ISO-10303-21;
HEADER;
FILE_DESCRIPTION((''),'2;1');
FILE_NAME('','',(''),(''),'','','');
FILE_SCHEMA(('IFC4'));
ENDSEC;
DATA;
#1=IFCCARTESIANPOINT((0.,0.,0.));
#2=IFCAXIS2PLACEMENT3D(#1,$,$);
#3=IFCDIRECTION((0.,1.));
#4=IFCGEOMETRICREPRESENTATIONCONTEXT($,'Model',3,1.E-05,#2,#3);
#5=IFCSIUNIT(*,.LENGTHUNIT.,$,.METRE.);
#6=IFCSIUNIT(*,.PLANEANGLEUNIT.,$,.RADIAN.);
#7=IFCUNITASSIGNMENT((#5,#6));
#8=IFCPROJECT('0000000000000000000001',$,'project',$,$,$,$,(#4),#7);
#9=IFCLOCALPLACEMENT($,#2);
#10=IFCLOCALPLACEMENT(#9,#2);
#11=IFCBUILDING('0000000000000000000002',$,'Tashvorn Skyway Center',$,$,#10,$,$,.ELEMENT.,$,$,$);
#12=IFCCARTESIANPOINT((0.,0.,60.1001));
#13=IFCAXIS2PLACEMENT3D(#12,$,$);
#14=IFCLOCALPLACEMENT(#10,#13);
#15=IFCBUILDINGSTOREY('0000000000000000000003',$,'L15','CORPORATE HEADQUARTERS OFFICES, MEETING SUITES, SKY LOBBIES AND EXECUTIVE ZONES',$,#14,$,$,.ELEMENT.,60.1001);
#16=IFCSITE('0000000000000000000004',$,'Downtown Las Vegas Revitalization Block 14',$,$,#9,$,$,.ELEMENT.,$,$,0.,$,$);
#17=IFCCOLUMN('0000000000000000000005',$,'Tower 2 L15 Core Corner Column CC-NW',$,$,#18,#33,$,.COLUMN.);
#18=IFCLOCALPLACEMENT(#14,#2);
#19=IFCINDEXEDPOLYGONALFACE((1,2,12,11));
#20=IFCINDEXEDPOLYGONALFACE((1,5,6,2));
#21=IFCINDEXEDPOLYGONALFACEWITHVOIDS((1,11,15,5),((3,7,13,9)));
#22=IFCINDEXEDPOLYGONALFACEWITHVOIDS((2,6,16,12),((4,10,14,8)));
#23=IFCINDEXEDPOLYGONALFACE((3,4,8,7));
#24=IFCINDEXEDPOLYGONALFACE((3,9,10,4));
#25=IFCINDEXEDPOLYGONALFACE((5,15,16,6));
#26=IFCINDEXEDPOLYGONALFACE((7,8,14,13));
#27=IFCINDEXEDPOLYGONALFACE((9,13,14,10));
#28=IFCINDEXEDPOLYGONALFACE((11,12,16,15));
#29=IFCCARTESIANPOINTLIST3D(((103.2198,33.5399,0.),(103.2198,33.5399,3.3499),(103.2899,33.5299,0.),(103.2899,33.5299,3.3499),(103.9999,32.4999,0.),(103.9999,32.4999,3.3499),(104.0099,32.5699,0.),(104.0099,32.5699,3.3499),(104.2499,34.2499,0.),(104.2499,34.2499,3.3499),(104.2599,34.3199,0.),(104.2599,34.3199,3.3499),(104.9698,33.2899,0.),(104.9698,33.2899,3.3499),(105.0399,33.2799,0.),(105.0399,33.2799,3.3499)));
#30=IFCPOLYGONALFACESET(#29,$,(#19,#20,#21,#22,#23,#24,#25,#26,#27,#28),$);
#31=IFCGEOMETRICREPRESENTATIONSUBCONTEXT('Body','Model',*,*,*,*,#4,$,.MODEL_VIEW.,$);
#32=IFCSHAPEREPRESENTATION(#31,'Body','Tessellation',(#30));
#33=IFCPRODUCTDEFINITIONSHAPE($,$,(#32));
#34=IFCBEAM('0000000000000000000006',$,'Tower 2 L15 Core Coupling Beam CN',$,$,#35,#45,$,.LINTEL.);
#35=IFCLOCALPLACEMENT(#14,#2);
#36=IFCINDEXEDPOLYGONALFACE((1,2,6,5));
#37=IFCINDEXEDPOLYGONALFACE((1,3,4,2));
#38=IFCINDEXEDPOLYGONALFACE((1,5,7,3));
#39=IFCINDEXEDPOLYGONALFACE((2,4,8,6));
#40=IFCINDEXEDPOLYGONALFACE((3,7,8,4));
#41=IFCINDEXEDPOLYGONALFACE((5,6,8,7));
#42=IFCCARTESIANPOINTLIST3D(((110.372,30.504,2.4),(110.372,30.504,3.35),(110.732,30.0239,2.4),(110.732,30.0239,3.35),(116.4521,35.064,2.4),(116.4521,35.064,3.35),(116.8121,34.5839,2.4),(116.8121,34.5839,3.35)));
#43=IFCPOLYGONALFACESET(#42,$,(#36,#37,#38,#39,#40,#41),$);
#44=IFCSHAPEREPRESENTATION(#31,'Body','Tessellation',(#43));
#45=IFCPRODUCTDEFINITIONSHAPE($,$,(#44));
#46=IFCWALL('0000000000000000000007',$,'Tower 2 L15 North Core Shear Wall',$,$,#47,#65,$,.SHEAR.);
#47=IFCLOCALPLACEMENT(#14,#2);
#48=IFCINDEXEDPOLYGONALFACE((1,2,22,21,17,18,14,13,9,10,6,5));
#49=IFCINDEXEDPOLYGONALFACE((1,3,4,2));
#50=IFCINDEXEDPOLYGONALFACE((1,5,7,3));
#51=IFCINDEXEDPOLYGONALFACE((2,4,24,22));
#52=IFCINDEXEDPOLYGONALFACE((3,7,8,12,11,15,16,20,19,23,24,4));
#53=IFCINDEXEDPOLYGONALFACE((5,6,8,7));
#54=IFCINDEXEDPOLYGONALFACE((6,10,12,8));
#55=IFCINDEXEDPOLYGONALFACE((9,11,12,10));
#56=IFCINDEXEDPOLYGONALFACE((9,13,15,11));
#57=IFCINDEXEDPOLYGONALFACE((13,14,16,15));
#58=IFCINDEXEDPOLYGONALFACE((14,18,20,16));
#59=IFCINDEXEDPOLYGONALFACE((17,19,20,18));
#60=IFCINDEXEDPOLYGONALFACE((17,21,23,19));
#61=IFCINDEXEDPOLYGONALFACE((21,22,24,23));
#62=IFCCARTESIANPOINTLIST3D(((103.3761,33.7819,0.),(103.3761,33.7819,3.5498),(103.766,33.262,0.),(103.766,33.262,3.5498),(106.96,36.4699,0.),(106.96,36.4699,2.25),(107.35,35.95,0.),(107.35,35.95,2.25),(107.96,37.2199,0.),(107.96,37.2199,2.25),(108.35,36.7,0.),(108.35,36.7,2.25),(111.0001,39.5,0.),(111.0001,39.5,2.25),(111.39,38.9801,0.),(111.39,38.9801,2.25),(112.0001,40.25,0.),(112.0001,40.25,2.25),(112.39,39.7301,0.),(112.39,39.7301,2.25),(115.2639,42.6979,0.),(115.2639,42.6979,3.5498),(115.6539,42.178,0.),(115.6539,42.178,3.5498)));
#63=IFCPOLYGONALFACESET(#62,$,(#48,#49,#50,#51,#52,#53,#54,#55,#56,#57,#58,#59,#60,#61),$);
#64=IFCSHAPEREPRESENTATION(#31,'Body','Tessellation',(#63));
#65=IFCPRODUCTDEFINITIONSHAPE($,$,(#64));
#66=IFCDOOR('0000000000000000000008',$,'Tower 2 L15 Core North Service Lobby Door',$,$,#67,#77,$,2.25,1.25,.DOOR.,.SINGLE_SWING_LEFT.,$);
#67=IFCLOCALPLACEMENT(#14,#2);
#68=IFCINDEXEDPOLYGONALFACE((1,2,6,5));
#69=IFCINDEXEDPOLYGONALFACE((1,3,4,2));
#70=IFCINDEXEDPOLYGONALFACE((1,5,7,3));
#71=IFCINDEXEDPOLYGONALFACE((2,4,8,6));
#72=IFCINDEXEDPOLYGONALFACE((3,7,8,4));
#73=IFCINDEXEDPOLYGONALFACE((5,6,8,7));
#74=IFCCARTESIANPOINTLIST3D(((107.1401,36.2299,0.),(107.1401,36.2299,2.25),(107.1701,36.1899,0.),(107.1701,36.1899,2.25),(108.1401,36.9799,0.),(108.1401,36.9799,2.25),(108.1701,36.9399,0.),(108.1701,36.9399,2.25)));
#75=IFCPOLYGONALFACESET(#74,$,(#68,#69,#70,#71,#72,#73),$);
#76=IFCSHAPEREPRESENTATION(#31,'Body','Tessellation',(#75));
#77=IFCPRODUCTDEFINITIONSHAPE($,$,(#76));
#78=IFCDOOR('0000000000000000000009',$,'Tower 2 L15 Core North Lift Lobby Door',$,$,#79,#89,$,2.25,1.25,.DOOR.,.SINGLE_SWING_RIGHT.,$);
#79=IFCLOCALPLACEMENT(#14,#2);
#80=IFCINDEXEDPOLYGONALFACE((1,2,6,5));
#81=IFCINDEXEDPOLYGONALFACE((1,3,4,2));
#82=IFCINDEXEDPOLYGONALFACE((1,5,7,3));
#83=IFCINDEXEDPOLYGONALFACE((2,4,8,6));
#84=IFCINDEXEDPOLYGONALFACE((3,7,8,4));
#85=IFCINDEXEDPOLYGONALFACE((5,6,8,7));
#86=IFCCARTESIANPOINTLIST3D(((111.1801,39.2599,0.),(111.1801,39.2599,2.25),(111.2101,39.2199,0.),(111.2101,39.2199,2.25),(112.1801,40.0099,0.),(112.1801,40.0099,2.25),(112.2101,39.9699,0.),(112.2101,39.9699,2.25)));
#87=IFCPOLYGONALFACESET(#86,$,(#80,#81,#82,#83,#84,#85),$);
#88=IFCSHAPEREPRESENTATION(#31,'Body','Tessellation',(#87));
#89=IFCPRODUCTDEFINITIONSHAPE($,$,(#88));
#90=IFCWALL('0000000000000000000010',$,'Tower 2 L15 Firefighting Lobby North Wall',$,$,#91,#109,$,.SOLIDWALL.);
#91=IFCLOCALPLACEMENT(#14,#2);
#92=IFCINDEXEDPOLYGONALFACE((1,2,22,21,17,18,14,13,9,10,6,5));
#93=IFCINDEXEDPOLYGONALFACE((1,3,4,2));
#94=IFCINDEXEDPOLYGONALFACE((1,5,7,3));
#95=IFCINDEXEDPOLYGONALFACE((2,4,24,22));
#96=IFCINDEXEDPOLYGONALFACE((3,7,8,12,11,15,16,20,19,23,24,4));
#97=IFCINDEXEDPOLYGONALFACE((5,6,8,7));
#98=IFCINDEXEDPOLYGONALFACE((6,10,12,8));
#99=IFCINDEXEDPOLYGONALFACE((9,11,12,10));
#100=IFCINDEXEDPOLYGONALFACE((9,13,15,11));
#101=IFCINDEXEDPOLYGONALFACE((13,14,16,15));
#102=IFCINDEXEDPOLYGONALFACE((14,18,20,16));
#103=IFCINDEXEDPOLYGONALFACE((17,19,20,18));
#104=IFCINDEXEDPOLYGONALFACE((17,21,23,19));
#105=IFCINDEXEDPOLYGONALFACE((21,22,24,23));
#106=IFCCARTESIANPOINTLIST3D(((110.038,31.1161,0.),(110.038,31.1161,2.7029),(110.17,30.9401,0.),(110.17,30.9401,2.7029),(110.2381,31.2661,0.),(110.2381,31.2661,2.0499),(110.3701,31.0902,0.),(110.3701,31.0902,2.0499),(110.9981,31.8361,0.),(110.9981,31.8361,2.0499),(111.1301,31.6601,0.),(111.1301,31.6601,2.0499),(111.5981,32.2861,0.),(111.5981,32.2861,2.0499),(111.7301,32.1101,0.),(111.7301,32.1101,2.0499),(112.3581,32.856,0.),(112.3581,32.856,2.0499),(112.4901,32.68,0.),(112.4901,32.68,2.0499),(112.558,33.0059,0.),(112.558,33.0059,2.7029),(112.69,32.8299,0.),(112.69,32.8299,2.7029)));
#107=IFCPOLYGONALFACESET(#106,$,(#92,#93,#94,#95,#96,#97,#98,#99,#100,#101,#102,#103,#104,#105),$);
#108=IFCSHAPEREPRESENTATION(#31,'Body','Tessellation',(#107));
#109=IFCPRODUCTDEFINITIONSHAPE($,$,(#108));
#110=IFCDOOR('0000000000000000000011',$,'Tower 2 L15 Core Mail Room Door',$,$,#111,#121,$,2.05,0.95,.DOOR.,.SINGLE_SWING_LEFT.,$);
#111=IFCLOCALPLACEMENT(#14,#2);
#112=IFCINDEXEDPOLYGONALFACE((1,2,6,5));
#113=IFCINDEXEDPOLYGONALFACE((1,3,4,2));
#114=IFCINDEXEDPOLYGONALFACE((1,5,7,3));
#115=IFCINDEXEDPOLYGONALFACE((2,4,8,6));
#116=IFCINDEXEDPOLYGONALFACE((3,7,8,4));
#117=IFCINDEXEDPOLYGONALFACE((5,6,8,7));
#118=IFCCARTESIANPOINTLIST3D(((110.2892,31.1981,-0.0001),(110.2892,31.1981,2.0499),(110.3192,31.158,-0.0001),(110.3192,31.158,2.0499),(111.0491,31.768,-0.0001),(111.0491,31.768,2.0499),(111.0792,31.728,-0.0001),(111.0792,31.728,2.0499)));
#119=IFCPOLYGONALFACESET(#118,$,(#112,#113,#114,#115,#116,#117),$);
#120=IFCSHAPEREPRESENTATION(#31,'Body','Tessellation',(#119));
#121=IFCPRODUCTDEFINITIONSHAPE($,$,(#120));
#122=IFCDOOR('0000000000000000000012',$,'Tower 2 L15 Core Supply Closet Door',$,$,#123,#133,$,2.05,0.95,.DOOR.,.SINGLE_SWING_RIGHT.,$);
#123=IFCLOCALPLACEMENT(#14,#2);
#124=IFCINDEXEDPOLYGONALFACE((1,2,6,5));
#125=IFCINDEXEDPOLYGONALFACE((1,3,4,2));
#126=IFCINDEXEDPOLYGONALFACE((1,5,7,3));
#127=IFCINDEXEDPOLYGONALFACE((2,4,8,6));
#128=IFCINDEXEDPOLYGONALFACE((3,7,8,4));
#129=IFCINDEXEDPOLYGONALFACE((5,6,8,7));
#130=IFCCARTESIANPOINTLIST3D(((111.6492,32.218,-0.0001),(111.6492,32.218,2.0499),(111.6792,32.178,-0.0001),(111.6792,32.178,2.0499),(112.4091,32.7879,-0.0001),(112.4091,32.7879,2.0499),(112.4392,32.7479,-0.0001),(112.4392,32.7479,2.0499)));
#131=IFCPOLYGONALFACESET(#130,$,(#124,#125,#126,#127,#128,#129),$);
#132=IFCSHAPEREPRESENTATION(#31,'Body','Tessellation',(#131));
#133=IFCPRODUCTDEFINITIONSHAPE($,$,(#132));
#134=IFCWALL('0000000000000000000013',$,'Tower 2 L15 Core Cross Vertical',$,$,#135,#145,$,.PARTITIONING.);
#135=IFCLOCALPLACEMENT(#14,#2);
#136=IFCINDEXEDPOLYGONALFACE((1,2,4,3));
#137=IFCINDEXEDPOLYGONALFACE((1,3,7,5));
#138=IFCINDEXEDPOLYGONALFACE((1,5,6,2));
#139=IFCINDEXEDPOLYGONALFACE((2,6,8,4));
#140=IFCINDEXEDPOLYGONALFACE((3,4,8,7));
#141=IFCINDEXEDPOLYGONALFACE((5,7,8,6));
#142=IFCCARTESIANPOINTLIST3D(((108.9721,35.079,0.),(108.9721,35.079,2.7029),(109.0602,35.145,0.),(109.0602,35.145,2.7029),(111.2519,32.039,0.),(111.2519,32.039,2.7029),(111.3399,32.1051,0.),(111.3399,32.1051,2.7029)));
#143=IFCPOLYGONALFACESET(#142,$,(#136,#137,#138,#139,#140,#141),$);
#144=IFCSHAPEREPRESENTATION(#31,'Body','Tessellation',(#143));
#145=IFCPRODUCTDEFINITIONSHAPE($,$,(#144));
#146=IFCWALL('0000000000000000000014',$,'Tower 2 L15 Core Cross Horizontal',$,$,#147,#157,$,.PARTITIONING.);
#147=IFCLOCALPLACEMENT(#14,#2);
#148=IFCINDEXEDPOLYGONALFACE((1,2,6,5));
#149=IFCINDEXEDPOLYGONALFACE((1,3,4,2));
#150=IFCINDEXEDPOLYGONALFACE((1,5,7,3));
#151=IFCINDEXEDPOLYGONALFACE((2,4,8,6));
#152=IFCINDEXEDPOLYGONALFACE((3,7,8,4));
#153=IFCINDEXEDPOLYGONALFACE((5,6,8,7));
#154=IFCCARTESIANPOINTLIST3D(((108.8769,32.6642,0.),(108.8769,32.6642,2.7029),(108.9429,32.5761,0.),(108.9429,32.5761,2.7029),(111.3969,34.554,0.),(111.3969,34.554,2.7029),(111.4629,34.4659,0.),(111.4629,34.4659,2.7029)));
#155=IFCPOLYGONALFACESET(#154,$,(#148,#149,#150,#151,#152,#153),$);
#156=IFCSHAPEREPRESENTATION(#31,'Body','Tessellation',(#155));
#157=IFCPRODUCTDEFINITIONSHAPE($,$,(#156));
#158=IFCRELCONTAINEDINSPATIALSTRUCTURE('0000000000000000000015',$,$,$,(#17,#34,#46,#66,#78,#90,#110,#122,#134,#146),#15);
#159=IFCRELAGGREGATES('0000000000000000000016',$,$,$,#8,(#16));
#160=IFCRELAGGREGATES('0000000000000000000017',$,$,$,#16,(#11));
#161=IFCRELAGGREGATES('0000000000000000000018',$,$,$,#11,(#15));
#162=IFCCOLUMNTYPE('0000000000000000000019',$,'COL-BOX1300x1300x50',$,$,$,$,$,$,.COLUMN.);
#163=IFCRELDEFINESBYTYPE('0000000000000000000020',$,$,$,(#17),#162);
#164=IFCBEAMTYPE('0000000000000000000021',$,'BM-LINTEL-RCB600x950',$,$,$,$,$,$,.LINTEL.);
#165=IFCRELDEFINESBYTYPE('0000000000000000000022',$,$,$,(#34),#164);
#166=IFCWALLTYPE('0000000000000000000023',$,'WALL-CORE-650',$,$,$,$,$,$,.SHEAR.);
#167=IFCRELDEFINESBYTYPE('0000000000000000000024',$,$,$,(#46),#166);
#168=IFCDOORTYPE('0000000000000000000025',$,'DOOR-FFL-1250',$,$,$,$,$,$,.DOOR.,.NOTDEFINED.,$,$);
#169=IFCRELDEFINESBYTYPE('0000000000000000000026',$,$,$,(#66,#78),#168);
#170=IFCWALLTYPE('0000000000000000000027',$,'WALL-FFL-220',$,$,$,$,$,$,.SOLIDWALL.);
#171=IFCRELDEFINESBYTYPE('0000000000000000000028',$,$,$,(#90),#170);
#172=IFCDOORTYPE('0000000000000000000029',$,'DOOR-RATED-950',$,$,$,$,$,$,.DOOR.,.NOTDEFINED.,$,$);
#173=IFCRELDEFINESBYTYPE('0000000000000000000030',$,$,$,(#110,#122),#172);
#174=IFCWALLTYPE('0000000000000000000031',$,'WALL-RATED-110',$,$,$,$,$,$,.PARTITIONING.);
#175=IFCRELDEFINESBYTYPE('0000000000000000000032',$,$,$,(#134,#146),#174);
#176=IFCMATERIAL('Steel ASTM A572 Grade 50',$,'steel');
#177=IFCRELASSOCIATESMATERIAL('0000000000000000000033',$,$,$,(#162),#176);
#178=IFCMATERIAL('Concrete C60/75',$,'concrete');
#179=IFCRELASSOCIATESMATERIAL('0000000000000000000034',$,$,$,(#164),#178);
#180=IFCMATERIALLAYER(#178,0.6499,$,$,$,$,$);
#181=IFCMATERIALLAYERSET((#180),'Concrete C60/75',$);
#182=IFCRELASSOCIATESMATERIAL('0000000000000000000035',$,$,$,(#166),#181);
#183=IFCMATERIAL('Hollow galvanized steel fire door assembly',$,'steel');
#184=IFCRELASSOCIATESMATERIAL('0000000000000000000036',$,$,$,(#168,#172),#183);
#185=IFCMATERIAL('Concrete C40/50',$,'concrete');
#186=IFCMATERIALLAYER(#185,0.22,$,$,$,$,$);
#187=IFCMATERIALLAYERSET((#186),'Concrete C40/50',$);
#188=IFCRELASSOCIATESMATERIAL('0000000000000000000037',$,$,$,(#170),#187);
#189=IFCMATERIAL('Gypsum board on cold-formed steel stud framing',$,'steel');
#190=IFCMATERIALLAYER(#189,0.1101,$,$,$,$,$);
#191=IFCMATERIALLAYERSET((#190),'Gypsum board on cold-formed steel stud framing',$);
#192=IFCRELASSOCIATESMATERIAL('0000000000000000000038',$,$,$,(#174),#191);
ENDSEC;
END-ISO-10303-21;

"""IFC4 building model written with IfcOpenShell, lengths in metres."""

from ifc_helpers import new_model, si_unit, direction, frame, frame_2d, origin, origin_2d, place, context, subcontext, project, spatial, rectangle, hollow_rectangle, extrude, material, layer, layer_set, material_profile, profile_set, type_object, element, fill, save


model = new_model("IFC4")

# Units and contexts
model_context = context("Model", 3, precision=1e-05, world=origin(), true_north=direction((0.0, 1.0)))
body_context = subcontext(model_context, "Body", "Model", "MODEL_VIEW")
ifc_project = project(units=[si_unit("LENGTHUNIT", "METRE"), si_unit("PLANEANGLEUNIT", "RADIAN")], contexts=[model_context])

# Site, building, storey
site_placement = place(None, origin())
site = spatial("IfcSite", under=ifc_project, at=site_placement, Name="Downtown Las Vegas Revitalization Block 14", CompositionType="ELEMENT", RefElevation=0.0)
building_placement = place(site_placement, origin())
building = spatial("IfcBuilding", under=site, at=building_placement, Name="Tashvorn Skyway Center", CompositionType="ELEMENT")
storey_placement = place(building_placement, frame((0.0, 0.0, 60.1001)))
storey = spatial("IfcBuildingStorey", under=building, at=storey_placement, Name="L15", Description="CORPORATE HEADQUARTERS OFFICES, MEETING SUITES, SKY LOBBIES AND EXECUTIVE ZONES", CompositionType="ELEMENT", Elevation=60.1001)

# Column
ifc_material_1 = material(Name="Steel ASTM A572 Grade 50", Category="steel")
ifc_material_profile_1 = material_profile(ifc_material_1, hollow_rectangle(XDim=1.3, YDim=1.3, WallThickness=0.05, at=origin_2d()), Name="BOX1300x1300x50")
ifc_profile_set_1 = profile_set([ifc_material_profile_1], Name="Steel ASTM A572 Grade 50")
column_type = type_object("IfcColumnType", Name="COL-BOX1300x1300x50", PredefinedType="COLUMN", material=ifc_profile_set_1)
column_placement = place(storey_placement, frame((104.1299, 33.4099, 0.0), z_axis=(0.0, 0.0, 1.0), x_axis=(0.8, 0.6, 0.0)))
element("IfcColumn", 1, at=column_placement, inside=storey, type_object=column_type, Name="Tower 2 L15 Core Corner Column CC-NW", PredefinedType="COLUMN", context=body_context, shape_type="SweptSolid", body=[
    extrude(hollow_rectangle(XDim=1.3, YDim=1.3, WallThickness=0.05, at=origin_2d()), origin(), (0.0, 0.0, 1.0), 3.3499),
])

# Beam
ifc_material_2 = material(Name="Concrete C60/75", Category="concrete")
ifc_material_profile_2 = material_profile(ifc_material_2, rectangle(XDim=0.6001, YDim=0.95, at=origin_2d()), Name="RCB600x950")
ifc_profile_set_2 = profile_set([ifc_material_profile_2], Name="Concrete C60/75")
beam_type = type_object("IfcBeamType", Name="BM-LINTEL-RCB600x950", PredefinedType="LINTEL", material=ifc_profile_set_2)
beam_placement = place(storey_placement, frame((110.552, 30.2639, 2.875), z_axis=(0.8, 0.6, 0.0), x_axis=(-0.6, 0.8, 0.0)))
element("IfcBeam", 2, at=beam_placement, inside=storey, type_object=beam_type, Name="Tower 2 L15 Core Coupling Beam CN", PredefinedType="LINTEL", context=body_context, shape_type="SweptSolid", body=[
    extrude(rectangle(XDim=0.6001, YDim=0.95, at=origin_2d()), origin(), (0.0, 0.0, 1.0), 7.6001),
])

# Walls, openings, doors
ifc_layer_1 = layer(ifc_material_2, 0.6499)
ifc_layer_set_1 = layer_set([ifc_layer_1], Name="Concrete C60/75")
wall_type_1 = type_object("IfcWallType", Name="WALL-CORE-650", PredefinedType="SHEAR", material=ifc_layer_set_1)
wall_1_placement = place(storey_placement, frame((103.571, 33.522, 0.0), z_axis=(0.0, 0.0, 1.0), x_axis=(0.799998, 0.600003, 0.0)))
wall_1 = element("IfcWall", 3, at=wall_1_placement, inside=storey, type_object=wall_type_1, Name="Tower 2 L15 North Core Shear Wall", PredefinedType="SHEAR", context=body_context, shape_type="SweptSolid", body=[
    extrude(rectangle(XDim=14.8599, YDim=0.6499, at=frame_2d((7.4299, 0.0))), origin(), (0.0, 0.0, 1.0), 3.5498),
])
opening_1_placement = place(wall_1_placement, frame((4.48, 0.0, 0.0)))
opening_1 = element("IfcOpeningElement", 4, at=opening_1_placement, cuts=wall_1, PredefinedType="OPENING", context=body_context, shape_type="SweptSolid", body=[
    extrude(rectangle(XDim=1.25, YDim=2.25, at=frame_2d((0.625, 1.125))), frame((0.0, 0.335, 0.0), z_axis=(0.0, -1.0, 0.0), x_axis=(1.0, 0.0, 0.0)), (0.0, 0.0, 1.0), 0.6699),
])
opening_2_placement = place(wall_1_placement, frame((9.53, 0.0, 0.0)))
opening_2 = element("IfcOpeningElement", 5, at=opening_2_placement, cuts=wall_1, PredefinedType="OPENING", context=body_context, shape_type="SweptSolid", body=[
    extrude(rectangle(XDim=1.25, YDim=2.25, at=frame_2d((0.625, 1.125))), frame((0.0, 0.335, 0.0), z_axis=(0.0, -1.0, 0.0), x_axis=(1.0, 0.0, 0.0)), (0.0, 0.0, 1.0), 0.6699),
])
ifc_material_3 = material(Name="Hollow galvanized steel fire door assembly", Category="steel")
door_type_1 = type_object("IfcDoorType", Name="DOOR-FFL-1250", OperationType="NOTDEFINED", PredefinedType="DOOR", material=ifc_material_3)
door_1_placement = place(opening_1_placement, origin())
door_1 = element("IfcDoor", 6, at=door_1_placement, inside=storey, type_object=door_type_1, Name="Tower 2 L15 Core North Service Lobby Door", OperationType="SINGLE_SWING_LEFT", OverallHeight=2.25, OverallWidth=1.25, PredefinedType="DOOR", context=body_context, shape_type="SweptSolid", body=[
    extrude(rectangle(XDim=1.25, YDim=2.25, at=frame_2d((0.625, 1.125))), frame((0.0, 0.0249, 0.0), z_axis=(0.0, -1.0, 0.0), x_axis=(1.0, 0.0, 0.0)), (0.0, 0.0, 1.0), 0.05),
])
fill(opening_1, door_1)
door_2_placement = place(opening_2_placement, origin())
door_2 = element("IfcDoor", 7, at=door_2_placement, inside=storey, type_object=door_type_1, Name="Tower 2 L15 Core North Lift Lobby Door", OperationType="SINGLE_SWING_RIGHT", OverallHeight=2.25, OverallWidth=1.25, PredefinedType="DOOR", context=body_context, shape_type="SweptSolid", body=[
    extrude(rectangle(XDim=1.25, YDim=2.25, at=frame_2d((0.625, 1.125))), frame((0.0, 0.0249, 0.0), z_axis=(0.0, -1.0, 0.0), x_axis=(1.0, 0.0, 0.0)), (0.0, 0.0, 1.0), 0.05),
])
fill(opening_2, door_2)
ifc_material_4 = material(Name="Concrete C40/50", Category="concrete")
ifc_layer_2 = layer(ifc_material_4, 0.22)
ifc_layer_set_2 = layer_set([ifc_layer_2], Name="Concrete C40/50")
wall_type_2 = type_object("IfcWallType", Name="WALL-FFL-220", PredefinedType="SOLIDWALL", material=ifc_layer_set_2)
wall_2_placement = place(storey_placement, frame((110.104, 31.0281, 0.0), z_axis=(0.0, 0.0, 1.0), x_axis=(0.800019, 0.599975, 0.0)))
wall_2 = element("IfcWall", 8, at=wall_2_placement, inside=storey, type_object=wall_type_2, Name="Tower 2 L15 Firefighting Lobby North Wall", PredefinedType="SOLIDWALL", context=body_context, shape_type="SweptSolid", body=[
    extrude(rectangle(XDim=3.1499, YDim=0.22, at=frame_2d((1.575, 0.0))), origin(), (0.0, 0.0, 1.0), 2.7029),
])
opening_3_placement = place(wall_2_placement, frame((0.25, 0.0, 0.0)))
opening_3 = element("IfcOpeningElement", 9, at=opening_3_placement, cuts=wall_2, PredefinedType="OPENING", context=body_context, shape_type="SweptSolid", body=[
    extrude(rectangle(XDim=0.95, YDim=2.05, at=frame_2d((0.4751, 1.0249))), frame((0.0, 0.1199, 0.0), z_axis=(0.0, -1.0, 0.0), x_axis=(1.0, 0.0, 0.0)), (0.0, 0.0, 1.0), 0.24),
])
opening_4_placement = place(wall_2_placement, frame((1.95, 0.0, 0.0)))
opening_4 = element("IfcOpeningElement", 10, at=opening_4_placement, cuts=wall_2, PredefinedType="OPENING", context=body_context, shape_type="SweptSolid", body=[
    extrude(rectangle(XDim=0.95, YDim=2.05, at=frame_2d((0.4751, 1.0249))), frame((0.0, 0.1199, 0.0), z_axis=(0.0, -1.0, 0.0), x_axis=(1.0, 0.0, 0.0)), (0.0, 0.0, 1.0), 0.24),
])
door_type_2 = type_object("IfcDoorType", Name="DOOR-RATED-950", OperationType="NOTDEFINED", PredefinedType="DOOR", material=ifc_material_3)
door_3_placement = place(opening_3_placement, origin())
door_3 = element("IfcDoor", 11, at=door_3_placement, inside=storey, type_object=door_type_2, Name="Tower 2 L15 Core Mail Room Door", OperationType="SINGLE_SWING_LEFT", OverallHeight=2.05, OverallWidth=0.95, PredefinedType="DOOR", context=body_context, shape_type="SweptSolid", body=[
    extrude(rectangle(XDim=0.95, YDim=2.05, at=frame_2d((0.4751, 1.0249))), frame((0.0, 0.0249, 0.0), z_axis=(0.0, -1.0, 0.0), x_axis=(1.0, 0.0, 0.0)), (0.0, 0.0, 1.0), 0.05),
])
fill(opening_3, door_3)
door_4_placement = place(opening_4_placement, origin())
door_4 = element("IfcDoor", 12, at=door_4_placement, inside=storey, type_object=door_type_2, Name="Tower 2 L15 Core Supply Closet Door", OperationType="SINGLE_SWING_RIGHT", OverallHeight=2.05, OverallWidth=0.95, PredefinedType="DOOR", context=body_context, shape_type="SweptSolid", body=[
    extrude(rectangle(XDim=0.95, YDim=2.05, at=frame_2d((0.4751, 1.0249))), frame((0.0, 0.0249, 0.0), z_axis=(0.0, -1.0, 0.0), x_axis=(1.0, 0.0, 0.0)), (0.0, 0.0, 1.0), 0.05),
])
fill(opening_4, door_4)

# Walls
ifc_material_5 = material(Name="Gypsum board on cold-formed steel stud framing", Category="steel")
ifc_layer_3 = layer(ifc_material_5, 0.1101)
ifc_layer_set_3 = layer_set([ifc_layer_3], Name="Gypsum board on cold-formed steel stud framing")
wall_type_3 = type_object("IfcWallType", Name="WALL-RATED-110", PredefinedType="PARTITIONING", material=ifc_layer_set_3)
wall_3_placement = place(storey_placement, frame((111.2959, 32.072, 0.0), z_axis=(0.0, 0.0, 1.0), x_axis=(-0.599959, 0.800031, 0.0)))
element("IfcWall", 13, at=wall_3_placement, inside=storey, type_object=wall_type_3, Name="Tower 2 L15 Core Cross Vertical", PredefinedType="PARTITIONING", context=body_context, shape_type="SweptSolid", body=[
    extrude(rectangle(XDim=3.7998, YDim=0.1101, at=frame_2d((1.8999, 0.0))), origin(), (0.0, 0.0, 1.0), 2.7029),
])
wall_4_placement = place(storey_placement, frame((108.9099, 32.6201, 0.0), z_axis=(0.0, 0.0, 1.0), x_axis=(0.800019, 0.599975, 0.0)))
element("IfcWall", 14, at=wall_4_placement, inside=storey, type_object=wall_type_3, Name="Tower 2 L15 Core Cross Horizontal", PredefinedType="PARTITIONING", context=body_context, shape_type="SweptSolid", body=[
    extrude(rectangle(XDim=3.1499, YDim=0.1101, at=frame_2d((1.575, 0.0))), origin(), (0.0, 0.0, 1.0), 2.7029),
])

save(model, "model.ifc")
